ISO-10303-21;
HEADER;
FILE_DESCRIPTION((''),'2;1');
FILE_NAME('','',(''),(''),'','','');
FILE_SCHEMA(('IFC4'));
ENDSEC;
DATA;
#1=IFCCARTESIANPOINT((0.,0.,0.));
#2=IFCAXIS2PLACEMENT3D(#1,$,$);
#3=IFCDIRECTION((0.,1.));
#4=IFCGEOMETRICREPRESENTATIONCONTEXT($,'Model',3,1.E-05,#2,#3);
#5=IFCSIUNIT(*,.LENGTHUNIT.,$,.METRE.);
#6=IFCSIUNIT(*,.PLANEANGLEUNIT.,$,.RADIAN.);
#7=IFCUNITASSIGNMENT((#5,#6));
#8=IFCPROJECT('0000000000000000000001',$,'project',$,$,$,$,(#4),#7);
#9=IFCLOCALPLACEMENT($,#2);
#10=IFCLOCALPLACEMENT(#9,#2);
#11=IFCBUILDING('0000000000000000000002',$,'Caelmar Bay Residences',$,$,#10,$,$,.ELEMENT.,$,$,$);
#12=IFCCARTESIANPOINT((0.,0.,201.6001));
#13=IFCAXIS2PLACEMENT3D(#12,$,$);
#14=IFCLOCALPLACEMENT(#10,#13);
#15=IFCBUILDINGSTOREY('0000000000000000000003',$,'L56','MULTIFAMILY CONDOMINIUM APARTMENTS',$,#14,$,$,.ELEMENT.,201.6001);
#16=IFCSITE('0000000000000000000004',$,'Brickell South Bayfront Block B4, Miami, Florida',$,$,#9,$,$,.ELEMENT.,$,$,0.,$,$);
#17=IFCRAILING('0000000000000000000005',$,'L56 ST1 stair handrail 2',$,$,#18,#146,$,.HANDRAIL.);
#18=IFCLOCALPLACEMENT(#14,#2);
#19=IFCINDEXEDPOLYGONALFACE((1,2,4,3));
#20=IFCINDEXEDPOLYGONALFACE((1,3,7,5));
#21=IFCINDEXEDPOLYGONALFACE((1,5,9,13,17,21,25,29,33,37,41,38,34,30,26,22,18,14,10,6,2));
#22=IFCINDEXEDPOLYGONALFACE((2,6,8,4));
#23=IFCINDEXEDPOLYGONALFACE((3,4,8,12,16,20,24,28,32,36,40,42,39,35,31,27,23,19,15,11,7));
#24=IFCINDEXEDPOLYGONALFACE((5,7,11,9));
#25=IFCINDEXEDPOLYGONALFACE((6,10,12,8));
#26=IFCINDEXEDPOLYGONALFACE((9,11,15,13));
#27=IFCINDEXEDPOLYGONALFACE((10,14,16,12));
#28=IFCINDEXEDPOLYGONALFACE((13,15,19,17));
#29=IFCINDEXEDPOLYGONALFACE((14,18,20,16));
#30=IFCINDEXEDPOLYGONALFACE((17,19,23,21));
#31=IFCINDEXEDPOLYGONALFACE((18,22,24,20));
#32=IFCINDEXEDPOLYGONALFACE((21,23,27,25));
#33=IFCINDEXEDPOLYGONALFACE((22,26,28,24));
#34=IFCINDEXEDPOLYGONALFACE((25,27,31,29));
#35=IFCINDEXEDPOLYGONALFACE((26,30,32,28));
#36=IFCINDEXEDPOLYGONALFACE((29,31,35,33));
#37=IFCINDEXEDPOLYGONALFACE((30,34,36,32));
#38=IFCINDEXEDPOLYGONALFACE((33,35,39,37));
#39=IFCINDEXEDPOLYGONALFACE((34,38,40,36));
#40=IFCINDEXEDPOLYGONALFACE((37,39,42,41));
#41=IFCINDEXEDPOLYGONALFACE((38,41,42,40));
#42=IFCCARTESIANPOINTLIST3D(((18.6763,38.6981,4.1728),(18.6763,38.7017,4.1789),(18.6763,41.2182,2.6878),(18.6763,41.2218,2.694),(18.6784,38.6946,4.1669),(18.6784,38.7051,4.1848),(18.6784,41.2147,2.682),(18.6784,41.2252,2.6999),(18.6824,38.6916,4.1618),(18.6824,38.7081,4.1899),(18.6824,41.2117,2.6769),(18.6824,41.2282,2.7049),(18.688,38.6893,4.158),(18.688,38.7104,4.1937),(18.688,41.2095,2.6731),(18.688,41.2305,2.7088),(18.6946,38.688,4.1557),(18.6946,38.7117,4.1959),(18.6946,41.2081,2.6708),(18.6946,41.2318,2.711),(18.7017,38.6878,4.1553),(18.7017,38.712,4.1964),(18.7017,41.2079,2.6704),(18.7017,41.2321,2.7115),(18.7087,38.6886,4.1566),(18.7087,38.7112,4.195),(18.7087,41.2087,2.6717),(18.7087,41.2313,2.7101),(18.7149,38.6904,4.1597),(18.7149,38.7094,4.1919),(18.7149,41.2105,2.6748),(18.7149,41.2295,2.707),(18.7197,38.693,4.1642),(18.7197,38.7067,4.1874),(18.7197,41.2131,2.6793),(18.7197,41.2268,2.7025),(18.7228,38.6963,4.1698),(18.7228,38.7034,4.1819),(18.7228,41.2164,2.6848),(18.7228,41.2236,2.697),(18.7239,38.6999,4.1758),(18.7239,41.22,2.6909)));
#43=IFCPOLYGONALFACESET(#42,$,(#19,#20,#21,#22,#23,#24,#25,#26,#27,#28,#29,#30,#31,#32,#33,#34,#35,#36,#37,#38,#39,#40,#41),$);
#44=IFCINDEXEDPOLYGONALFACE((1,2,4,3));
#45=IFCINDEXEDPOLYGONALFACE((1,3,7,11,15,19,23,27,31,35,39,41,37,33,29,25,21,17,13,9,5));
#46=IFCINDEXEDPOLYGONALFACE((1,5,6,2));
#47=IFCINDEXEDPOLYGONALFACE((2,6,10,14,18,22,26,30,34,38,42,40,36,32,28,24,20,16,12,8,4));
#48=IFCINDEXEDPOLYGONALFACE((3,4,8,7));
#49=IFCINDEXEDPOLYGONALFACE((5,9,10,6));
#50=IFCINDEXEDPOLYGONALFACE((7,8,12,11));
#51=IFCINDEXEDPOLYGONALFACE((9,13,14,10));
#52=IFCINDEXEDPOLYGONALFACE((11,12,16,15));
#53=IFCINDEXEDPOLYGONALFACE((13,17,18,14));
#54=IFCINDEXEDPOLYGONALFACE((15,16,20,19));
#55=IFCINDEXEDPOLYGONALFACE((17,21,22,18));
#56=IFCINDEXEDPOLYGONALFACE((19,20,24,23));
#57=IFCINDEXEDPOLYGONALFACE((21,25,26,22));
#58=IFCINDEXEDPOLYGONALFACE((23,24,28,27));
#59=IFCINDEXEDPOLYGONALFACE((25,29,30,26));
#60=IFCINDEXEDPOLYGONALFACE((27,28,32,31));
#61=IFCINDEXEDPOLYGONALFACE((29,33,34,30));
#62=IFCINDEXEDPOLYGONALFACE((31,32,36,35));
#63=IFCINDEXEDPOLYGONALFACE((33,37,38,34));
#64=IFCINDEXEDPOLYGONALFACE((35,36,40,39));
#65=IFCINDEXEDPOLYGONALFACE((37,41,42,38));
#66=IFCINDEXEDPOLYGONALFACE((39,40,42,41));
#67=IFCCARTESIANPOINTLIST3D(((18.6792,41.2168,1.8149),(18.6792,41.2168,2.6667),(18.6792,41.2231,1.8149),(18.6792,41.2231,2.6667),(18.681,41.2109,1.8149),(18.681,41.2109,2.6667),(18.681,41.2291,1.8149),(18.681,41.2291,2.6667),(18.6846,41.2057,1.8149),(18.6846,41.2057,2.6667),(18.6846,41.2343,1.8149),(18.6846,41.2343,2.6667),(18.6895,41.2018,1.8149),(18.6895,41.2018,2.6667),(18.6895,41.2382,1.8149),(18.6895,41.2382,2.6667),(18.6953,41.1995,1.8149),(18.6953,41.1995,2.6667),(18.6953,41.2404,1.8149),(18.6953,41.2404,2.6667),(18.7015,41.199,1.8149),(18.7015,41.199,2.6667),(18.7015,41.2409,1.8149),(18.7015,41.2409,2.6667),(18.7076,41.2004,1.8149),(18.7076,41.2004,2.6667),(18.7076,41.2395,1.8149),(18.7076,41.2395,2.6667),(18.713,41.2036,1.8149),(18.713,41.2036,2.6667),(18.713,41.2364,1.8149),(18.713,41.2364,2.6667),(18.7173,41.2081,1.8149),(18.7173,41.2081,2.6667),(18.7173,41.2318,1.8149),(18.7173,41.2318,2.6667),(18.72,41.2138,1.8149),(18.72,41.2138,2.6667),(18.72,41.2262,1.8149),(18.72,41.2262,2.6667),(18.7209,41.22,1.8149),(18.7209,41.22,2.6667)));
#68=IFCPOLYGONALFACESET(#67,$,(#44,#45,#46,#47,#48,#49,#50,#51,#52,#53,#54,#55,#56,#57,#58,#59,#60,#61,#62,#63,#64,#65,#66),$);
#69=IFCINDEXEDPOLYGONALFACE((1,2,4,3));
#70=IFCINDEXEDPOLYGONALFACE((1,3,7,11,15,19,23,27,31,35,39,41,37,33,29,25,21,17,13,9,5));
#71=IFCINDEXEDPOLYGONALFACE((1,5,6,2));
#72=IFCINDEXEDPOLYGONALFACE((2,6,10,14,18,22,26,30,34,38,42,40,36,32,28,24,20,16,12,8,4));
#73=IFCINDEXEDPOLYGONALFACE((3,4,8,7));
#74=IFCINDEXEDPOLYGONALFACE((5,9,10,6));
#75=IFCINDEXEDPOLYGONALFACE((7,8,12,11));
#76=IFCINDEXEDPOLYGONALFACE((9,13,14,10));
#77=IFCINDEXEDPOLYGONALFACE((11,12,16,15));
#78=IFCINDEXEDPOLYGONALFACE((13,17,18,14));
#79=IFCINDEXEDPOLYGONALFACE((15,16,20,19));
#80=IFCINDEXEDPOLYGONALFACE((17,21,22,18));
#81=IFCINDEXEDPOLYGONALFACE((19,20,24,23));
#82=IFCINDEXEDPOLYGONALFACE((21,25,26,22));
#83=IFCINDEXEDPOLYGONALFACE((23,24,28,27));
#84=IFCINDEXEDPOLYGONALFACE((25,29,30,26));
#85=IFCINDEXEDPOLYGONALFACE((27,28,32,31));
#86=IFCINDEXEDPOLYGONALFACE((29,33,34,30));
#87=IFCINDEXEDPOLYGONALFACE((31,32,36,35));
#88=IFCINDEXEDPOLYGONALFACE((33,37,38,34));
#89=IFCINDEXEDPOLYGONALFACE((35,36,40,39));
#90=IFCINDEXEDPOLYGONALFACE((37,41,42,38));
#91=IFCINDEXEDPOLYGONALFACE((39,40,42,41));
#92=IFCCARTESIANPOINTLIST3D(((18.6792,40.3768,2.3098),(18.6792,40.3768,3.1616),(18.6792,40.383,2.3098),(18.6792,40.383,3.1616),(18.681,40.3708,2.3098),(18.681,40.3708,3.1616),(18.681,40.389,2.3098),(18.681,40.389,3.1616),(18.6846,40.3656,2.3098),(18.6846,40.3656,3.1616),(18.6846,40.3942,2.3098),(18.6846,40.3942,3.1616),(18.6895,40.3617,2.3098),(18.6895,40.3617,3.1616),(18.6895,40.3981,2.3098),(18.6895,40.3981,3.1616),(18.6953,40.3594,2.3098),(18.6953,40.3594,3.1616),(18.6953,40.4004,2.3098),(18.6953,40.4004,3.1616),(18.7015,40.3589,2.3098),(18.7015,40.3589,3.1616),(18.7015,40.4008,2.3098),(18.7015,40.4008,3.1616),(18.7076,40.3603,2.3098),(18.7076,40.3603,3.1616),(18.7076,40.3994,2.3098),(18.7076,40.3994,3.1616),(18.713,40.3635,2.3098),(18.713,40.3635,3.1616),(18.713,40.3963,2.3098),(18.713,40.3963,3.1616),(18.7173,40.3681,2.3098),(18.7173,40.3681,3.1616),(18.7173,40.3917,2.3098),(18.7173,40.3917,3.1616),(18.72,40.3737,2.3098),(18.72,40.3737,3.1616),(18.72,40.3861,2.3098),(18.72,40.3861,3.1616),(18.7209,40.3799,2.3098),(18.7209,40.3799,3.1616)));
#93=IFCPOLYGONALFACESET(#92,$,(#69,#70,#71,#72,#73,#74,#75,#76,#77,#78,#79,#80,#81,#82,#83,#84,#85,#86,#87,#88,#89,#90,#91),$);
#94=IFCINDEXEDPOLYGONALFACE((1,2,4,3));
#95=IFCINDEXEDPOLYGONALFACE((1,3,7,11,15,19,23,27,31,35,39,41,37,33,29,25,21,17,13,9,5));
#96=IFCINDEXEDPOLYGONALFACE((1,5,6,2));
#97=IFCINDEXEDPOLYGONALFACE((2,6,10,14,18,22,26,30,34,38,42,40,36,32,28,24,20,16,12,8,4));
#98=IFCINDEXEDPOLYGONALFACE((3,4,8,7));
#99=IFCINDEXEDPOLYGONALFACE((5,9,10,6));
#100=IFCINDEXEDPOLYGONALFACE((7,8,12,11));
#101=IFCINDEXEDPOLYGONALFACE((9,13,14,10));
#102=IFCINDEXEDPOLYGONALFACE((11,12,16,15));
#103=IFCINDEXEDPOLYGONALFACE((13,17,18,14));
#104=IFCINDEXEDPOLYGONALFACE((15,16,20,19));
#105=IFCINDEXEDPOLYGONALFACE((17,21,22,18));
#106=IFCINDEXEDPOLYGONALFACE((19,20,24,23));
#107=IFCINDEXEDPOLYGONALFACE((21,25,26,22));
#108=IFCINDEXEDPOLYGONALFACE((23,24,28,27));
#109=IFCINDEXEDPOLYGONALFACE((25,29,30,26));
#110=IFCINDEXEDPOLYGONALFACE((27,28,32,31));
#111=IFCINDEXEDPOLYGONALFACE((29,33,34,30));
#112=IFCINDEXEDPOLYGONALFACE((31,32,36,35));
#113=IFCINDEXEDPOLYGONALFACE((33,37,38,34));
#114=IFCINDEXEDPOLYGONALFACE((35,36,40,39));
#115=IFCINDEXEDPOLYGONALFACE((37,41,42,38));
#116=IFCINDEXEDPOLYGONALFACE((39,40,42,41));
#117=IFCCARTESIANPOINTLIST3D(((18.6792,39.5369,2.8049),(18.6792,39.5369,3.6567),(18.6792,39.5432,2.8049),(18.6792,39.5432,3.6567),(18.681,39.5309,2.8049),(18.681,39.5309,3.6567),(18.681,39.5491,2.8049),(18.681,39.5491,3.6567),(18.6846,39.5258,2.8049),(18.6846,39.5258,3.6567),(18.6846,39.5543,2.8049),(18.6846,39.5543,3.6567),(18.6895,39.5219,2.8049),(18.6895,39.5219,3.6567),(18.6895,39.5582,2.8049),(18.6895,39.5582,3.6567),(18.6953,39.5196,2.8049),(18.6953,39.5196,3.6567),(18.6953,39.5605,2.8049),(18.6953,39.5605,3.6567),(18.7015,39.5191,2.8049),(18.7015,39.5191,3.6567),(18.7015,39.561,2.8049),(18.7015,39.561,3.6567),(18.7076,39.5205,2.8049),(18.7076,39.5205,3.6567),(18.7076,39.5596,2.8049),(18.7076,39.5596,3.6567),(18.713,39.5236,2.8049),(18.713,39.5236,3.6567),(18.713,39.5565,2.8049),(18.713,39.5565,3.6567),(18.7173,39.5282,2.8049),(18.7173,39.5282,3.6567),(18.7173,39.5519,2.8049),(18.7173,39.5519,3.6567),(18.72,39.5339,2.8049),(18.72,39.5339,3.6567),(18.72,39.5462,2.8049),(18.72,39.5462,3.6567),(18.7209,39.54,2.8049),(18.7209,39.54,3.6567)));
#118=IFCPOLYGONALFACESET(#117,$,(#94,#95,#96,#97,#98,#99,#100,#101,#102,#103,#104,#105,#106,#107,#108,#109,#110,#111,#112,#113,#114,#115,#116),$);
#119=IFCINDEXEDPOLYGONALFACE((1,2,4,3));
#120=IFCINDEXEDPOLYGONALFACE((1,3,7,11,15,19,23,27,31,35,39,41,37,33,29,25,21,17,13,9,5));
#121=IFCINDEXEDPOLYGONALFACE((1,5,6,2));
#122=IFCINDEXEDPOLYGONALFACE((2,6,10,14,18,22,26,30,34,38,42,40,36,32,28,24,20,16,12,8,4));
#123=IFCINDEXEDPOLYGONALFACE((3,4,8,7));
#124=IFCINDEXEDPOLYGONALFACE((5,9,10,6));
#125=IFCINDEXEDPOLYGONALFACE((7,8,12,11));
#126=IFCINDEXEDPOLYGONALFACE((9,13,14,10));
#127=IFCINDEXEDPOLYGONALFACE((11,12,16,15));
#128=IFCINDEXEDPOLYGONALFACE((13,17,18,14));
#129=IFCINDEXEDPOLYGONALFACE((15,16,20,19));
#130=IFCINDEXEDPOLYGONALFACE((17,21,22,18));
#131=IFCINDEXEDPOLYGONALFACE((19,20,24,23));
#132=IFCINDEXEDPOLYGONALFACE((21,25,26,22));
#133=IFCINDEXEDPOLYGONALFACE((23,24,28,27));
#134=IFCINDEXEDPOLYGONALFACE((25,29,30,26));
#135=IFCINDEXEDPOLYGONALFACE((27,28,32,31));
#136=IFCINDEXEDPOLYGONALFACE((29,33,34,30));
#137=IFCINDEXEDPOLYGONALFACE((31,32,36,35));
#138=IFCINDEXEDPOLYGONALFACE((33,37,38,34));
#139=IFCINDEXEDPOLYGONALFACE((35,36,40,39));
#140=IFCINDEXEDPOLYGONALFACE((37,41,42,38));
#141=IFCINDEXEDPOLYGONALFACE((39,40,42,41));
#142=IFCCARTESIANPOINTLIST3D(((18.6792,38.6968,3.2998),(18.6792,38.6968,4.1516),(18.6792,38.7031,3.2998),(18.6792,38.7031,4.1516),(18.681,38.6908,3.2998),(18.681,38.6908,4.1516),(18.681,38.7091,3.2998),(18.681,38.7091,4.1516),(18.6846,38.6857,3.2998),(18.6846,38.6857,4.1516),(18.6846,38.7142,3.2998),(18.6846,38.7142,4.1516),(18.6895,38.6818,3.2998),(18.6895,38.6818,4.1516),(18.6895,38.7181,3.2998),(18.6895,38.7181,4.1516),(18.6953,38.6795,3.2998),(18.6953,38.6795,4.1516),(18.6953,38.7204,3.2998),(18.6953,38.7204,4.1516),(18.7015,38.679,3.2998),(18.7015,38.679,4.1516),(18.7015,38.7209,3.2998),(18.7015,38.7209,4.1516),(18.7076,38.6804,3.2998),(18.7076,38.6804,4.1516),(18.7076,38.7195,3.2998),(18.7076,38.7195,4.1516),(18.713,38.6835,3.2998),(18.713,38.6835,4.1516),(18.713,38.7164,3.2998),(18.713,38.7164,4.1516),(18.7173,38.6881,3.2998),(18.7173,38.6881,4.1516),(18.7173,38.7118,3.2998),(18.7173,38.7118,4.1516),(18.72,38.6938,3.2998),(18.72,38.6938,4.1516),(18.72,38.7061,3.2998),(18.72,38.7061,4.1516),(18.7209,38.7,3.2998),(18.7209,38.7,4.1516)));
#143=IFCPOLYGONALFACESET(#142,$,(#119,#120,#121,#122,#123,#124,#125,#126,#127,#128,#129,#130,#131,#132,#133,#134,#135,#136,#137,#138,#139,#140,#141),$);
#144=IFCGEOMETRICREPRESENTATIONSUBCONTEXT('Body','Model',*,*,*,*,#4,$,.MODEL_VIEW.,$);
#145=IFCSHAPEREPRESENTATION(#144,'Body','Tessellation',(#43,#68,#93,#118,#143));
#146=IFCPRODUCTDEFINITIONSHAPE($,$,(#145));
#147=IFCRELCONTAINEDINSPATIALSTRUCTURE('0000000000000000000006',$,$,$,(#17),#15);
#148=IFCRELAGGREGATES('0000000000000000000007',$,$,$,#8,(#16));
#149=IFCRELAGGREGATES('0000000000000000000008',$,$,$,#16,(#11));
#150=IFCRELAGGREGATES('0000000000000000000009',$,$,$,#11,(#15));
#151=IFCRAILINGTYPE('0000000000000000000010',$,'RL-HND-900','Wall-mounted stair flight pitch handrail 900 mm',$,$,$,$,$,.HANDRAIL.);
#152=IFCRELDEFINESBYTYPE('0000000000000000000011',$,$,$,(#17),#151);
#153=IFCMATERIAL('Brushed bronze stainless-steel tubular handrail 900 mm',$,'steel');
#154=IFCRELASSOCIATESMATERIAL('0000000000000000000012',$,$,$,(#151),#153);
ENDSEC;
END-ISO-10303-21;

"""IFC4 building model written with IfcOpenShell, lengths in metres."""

from ifc_helpers import new_model, si_unit, direction, frame, origin, origin_2d, place, context, subcontext, project, spatial, circle, extrude, material, type_object, element, save


model = new_model("IFC4")

# Units and contexts
model_context = context("Model", 3, precision=1e-05, world=origin(), true_north=direction((0.0, 1.0)))
body_context = subcontext(model_context, "Body", "Model", "MODEL_VIEW")
ifc_project = project(units=[si_unit("LENGTHUNIT", "METRE"), si_unit("PLANEANGLEUNIT", "RADIAN")], contexts=[model_context])

# Site, building, storey
site_placement = place(None, origin())
site = spatial("IfcSite", under=ifc_project, at=site_placement, Name="Brickell South Bayfront Block B4, Miami, Florida", CompositionType="ELEMENT", RefElevation=0.0)
building_placement = place(site_placement, origin())
building = spatial("IfcBuilding", under=site, at=building_placement, Name="Caelmar Bay Residences", CompositionType="ELEMENT")
storey_placement = place(building_placement, frame((0.0, 0.0, 201.6001)))
storey = spatial("IfcBuildingStorey", under=building, at=storey_placement, Name="L56", Description="MULTIFAMILY CONDOMINIUM APARTMENTS", CompositionType="ELEMENT", Elevation=201.6001)

# Railing
ifc_material_1 = material(Name="Brushed bronze stainless-steel tubular handrail 900 mm", Category="steel")
railing_type_1 = type_object("IfcRailingType", Name="RL-HND-900", Description="Wall-mounted stair flight pitch handrail 900 mm", PredefinedType="HANDRAIL", material=ifc_material_1)
railing_1_placement = place(storey_placement, frame((18.7, 41.22, 1.8149)))
element("IfcRailing", 1, at=railing_1_placement, inside=storey, type_object=railing_type_1, Name="L56 ST1 stair handrail 2", PredefinedType="HANDRAIL", context=body_context, shape_type="SweptSolid", body=[
    extrude(circle(Radius=0.0239, at=origin_2d()), frame((0.0, 0.0, 0.876), z_axis=(0.0, -0.861561, 0.507655), x_axis=(1.0, 0.0, 0.0)), (0.0, 0.0, 1.0), 2.925),
    extrude(circle(Radius=0.021, at=origin_2d()), origin(), (0.0, 0.0, 1.0), 0.8518),
    extrude(circle(Radius=0.021, at=origin_2d()), frame((0.0, -0.8401, 0.4949)), (0.0, 0.0, 1.0), 0.8518),
    extrude(circle(Radius=0.021, at=origin_2d()), frame((0.0, -1.6799, 0.99)), (0.0, 0.0, 1.0), 0.8518),
    extrude(circle(Radius=0.021, at=origin_2d()), frame((0.0, -2.52, 1.4849)), (0.0, 0.0, 1.0), 0.8518),
])

save(model, "model.ifc")
